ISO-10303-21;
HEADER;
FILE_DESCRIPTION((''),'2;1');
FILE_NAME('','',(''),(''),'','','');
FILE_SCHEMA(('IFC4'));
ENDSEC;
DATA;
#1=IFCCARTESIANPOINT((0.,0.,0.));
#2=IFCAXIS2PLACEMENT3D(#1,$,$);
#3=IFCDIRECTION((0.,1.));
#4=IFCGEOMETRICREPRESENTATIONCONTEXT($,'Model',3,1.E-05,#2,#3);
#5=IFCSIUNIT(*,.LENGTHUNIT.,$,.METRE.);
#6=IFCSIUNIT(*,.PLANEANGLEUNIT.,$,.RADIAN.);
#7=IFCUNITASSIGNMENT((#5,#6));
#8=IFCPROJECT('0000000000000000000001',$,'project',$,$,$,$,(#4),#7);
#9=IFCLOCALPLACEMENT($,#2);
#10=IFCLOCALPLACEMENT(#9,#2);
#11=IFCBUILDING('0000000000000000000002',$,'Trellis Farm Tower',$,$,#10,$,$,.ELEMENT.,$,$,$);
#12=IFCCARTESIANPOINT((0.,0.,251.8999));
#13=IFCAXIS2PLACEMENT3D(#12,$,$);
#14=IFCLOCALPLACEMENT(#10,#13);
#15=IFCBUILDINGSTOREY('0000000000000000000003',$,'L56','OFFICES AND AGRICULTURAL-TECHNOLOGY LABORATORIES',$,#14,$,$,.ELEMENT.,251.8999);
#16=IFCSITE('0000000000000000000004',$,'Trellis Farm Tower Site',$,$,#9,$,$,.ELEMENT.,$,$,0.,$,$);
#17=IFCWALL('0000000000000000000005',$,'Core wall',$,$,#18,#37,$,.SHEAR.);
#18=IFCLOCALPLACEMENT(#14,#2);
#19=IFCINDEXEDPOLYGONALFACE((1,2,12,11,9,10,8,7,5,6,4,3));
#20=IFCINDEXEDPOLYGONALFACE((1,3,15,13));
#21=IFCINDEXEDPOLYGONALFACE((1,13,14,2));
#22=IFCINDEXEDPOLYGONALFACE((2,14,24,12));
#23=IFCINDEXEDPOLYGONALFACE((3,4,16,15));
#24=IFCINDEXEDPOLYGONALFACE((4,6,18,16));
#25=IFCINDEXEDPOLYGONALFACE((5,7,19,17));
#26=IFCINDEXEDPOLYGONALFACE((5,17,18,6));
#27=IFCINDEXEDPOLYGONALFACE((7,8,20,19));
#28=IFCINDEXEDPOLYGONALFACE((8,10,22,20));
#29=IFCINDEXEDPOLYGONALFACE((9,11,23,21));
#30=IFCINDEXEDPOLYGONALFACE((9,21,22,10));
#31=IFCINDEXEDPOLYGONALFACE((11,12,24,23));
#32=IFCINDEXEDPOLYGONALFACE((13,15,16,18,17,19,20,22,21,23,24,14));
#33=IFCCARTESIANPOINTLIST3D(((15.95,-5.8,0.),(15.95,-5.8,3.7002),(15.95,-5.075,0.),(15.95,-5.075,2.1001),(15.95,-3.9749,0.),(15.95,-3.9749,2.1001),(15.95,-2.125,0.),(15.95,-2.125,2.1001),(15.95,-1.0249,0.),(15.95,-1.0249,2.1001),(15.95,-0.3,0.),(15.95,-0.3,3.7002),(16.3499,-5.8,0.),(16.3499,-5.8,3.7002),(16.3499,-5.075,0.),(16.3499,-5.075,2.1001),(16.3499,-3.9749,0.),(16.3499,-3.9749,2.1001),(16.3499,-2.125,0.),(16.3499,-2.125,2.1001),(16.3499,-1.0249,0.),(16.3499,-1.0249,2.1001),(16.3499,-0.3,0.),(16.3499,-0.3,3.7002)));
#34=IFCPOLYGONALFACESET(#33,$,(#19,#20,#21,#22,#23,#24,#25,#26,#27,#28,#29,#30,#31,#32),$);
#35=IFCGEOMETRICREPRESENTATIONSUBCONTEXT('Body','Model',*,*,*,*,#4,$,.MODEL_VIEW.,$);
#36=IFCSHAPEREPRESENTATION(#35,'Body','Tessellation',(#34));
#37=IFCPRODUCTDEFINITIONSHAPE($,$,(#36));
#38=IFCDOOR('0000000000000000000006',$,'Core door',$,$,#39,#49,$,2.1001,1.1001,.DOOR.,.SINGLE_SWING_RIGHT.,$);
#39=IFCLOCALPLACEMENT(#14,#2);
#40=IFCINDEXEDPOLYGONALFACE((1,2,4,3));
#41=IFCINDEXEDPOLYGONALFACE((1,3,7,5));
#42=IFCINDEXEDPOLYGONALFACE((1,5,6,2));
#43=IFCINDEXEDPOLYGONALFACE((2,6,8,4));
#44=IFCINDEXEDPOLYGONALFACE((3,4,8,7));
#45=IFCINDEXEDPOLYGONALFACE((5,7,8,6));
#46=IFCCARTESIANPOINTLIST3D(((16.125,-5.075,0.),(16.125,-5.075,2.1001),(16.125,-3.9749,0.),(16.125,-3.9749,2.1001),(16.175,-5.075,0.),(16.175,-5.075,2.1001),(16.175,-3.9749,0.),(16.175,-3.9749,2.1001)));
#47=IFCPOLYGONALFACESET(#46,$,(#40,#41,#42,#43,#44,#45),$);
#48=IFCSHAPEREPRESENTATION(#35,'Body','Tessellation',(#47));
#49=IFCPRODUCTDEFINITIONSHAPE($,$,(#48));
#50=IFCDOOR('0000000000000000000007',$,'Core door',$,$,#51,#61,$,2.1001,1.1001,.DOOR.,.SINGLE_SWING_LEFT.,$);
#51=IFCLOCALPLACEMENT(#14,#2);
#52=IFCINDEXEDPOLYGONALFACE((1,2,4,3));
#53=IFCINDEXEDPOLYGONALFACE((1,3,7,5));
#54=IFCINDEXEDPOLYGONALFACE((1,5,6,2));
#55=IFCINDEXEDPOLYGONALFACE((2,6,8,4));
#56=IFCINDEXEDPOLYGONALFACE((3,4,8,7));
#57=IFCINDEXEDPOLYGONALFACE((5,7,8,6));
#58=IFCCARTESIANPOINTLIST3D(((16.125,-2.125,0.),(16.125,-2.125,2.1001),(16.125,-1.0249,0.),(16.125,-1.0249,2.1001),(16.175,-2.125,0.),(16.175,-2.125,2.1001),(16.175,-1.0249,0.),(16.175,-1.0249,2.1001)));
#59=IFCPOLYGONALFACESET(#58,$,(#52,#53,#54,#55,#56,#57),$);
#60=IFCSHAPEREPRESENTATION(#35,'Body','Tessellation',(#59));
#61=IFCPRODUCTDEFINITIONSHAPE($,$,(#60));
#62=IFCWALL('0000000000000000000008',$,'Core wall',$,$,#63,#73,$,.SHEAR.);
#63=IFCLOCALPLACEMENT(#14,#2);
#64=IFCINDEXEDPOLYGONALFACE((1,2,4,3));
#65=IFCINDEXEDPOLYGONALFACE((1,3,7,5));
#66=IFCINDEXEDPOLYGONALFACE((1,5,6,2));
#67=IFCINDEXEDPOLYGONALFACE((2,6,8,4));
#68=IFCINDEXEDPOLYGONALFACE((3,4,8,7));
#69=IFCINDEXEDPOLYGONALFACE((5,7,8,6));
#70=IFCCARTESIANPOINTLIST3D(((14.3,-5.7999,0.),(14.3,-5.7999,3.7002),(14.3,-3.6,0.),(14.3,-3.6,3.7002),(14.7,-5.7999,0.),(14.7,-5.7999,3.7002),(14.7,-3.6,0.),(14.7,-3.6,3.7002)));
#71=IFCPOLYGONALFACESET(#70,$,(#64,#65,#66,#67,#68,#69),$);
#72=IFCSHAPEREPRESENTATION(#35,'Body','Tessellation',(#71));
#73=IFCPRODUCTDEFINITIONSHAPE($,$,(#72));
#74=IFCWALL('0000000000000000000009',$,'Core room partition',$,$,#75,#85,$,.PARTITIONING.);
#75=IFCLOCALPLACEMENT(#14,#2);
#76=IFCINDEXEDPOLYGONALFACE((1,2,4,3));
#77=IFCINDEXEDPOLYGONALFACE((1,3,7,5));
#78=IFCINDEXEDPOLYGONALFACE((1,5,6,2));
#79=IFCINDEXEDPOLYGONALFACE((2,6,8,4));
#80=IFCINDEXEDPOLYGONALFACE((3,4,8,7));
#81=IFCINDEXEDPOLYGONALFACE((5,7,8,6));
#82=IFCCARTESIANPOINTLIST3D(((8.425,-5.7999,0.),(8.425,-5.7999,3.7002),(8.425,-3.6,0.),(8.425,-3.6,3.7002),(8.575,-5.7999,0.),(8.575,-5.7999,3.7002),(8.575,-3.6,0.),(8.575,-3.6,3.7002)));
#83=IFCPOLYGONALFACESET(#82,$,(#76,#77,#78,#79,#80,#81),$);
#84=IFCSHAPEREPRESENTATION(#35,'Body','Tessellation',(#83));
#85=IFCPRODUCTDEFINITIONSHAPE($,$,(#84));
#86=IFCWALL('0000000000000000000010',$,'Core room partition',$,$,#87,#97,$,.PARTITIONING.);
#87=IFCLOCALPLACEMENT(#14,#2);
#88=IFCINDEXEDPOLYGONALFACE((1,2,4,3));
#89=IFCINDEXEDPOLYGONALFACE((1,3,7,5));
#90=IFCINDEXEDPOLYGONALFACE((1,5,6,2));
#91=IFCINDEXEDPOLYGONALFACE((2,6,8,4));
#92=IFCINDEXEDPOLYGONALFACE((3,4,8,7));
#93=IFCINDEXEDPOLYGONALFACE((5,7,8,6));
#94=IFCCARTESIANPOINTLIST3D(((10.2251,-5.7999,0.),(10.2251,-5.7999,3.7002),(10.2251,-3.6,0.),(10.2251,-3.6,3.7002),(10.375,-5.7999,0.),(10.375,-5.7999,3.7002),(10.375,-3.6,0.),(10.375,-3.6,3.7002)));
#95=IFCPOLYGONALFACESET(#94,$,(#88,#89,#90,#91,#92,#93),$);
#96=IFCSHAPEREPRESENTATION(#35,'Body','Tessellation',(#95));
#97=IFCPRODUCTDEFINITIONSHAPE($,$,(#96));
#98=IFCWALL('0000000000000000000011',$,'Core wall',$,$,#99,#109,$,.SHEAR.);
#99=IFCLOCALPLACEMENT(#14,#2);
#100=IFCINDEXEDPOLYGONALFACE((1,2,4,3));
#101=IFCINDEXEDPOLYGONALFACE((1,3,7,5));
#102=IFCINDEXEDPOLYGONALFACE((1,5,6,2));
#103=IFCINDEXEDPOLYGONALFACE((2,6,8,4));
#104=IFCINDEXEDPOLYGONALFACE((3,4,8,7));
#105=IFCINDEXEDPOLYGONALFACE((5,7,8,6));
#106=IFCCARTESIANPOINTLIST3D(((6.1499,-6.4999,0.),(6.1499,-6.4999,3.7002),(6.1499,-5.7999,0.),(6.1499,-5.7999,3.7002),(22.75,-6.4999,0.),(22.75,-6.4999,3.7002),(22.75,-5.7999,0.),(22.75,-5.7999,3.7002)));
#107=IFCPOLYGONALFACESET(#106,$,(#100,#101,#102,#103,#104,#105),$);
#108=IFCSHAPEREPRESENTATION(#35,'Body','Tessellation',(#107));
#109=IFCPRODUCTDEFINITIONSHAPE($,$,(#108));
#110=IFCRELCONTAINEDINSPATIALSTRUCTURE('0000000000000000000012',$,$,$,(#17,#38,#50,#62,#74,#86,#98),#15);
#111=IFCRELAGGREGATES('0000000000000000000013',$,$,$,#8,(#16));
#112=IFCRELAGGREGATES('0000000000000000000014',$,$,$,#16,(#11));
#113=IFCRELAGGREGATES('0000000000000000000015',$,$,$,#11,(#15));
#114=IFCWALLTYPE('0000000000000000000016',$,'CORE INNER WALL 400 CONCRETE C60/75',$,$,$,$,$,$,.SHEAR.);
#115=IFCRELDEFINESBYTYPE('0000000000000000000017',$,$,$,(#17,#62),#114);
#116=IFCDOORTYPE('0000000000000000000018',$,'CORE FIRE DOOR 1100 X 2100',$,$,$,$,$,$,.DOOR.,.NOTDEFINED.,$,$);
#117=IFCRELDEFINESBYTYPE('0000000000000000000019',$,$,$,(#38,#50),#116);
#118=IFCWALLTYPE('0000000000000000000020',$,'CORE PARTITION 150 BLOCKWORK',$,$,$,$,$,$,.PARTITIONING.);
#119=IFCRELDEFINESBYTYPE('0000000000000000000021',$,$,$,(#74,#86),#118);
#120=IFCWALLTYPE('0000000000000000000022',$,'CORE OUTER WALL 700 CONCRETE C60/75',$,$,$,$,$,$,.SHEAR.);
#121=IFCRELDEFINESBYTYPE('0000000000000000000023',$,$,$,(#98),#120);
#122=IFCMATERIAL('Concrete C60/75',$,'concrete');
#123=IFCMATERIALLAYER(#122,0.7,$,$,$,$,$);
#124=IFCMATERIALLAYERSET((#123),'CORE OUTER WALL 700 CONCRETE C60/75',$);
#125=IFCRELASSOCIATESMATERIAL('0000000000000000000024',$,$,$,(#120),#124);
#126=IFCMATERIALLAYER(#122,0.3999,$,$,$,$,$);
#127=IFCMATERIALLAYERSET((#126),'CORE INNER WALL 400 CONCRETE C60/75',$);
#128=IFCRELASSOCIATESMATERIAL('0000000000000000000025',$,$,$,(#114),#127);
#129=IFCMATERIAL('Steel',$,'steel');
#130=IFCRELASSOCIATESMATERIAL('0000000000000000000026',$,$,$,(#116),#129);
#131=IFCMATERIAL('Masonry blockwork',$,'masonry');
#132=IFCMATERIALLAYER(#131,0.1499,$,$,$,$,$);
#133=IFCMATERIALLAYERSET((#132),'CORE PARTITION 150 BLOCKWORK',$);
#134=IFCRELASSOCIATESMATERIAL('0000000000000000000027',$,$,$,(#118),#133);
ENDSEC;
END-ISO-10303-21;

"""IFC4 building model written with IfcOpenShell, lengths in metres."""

from ifc_helpers import new_model, si_unit, direction, frame, frame_2d, origin, place, context, subcontext, project, spatial, rectangle, extrude, source, transform, mapped, material, layer, layer_set, type_object, element, fill, save


model = new_model("IFC4")

# Units and contexts
model_context = context("Model", 3, precision=1e-05, world=origin(), true_north=direction((0.0, 1.0)))
body_context = subcontext(model_context, "Body", "Model", "MODEL_VIEW")
ifc_project = project(units=[si_unit("LENGTHUNIT", "METRE"), si_unit("PLANEANGLEUNIT", "RADIAN")], contexts=[model_context])

# Site, building, storey
site_placement = place(None, origin())
site = spatial("IfcSite", under=ifc_project, at=site_placement, Name="Trellis Farm Tower Site", CompositionType="ELEMENT", RefElevation=0.0)
building_placement = place(site_placement, origin())
building = spatial("IfcBuilding", under=site, at=building_placement, Name="Trellis Farm Tower", CompositionType="ELEMENT")
storey_placement = place(building_placement, frame((0.0, 0.0, 251.8999)))
storey = spatial("IfcBuildingStorey", under=building, at=storey_placement, Name="L56", Description="OFFICES AND AGRICULTURAL-TECHNOLOGY LABORATORIES", CompositionType="ELEMENT", Elevation=251.8999)

# Shared definitions
ifc_material_1 = material(Name="Concrete C60/75", Category="concrete")

# Shared definitions
ifc_layer_1 = layer(ifc_material_1, 0.7)
ifc_layer_set_1 = layer_set([ifc_layer_1], Name="CORE OUTER WALL 700 CONCRETE C60/75")
wall_type_1 = type_object("IfcWallType", Name="CORE OUTER WALL 700 CONCRETE C60/75", PredefinedType="SHEAR", material=ifc_layer_set_1)
ifc_material_2 = material(Name="Steel", Category="steel")

# Wall, openings, doors
ifc_layer_2 = layer(ifc_material_1, 0.3999)
ifc_layer_set_2 = layer_set([ifc_layer_2], Name="CORE INNER WALL 400 CONCRETE C60/75")
wall_type_2 = type_object("IfcWallType", Name="CORE INNER WALL 400 CONCRETE C60/75", PredefinedType="SHEAR", material=ifc_layer_set_2)
shared_shape_1 = source(origin(), body_context, "Body", "SweptSolid", [
    extrude(rectangle(XDim=5.5, YDim=0.3999, at=frame_2d((2.75, 0.0))), origin(), (0.0, 0.0, 1.0), 3.7002),
])
wall_1_placement = place(storey_placement, frame((16.1499, -5.8, 0.0), z_axis=(0.0, 0.0, 1.0), x_axis=(0.0, 1.0, 0.0)))
wall_1 = element("IfcWall", 1, at=wall_1_placement, inside=storey, type_object=wall_type_2, Name="Core wall", PredefinedType="SHEAR", context=body_context, shape_type="MappedRepresentation", body=[
    mapped(shared_shape_1, transform((0.0, 0.0, 0.0))),
])
shared_shape_2 = source(origin(), body_context, "Body", "SweptSolid", [
    extrude(rectangle(XDim=1.1001, YDim=2.1001, at=frame_2d((0.55, 1.05))), frame((0.0, 0.21, 0.0), z_axis=(0.0, -1.0, 0.0), x_axis=(1.0, 0.0, 0.0)), (0.0, 0.0, 1.0), 0.4199),
])
opening_1_placement = place(wall_1_placement, frame((0.7251, 0.0, 0.0)))
opening_1 = element("IfcOpeningElement", 2, at=opening_1_placement, cuts=wall_1, PredefinedType="OPENING", context=body_context, shape_type="MappedRepresentation", body=[
    mapped(shared_shape_2, transform((0.0, 0.0, 0.0))),
])
opening_2_placement = place(wall_1_placement, frame((3.675, 0.0, 0.0)))
opening_2 = element("IfcOpeningElement", 3, at=opening_2_placement, cuts=wall_1, PredefinedType="OPENING", context=body_context, shape_type="MappedRepresentation", body=[
    mapped(shared_shape_2, transform((0.0, 0.0, 0.0))),
])
door_type_1 = type_object("IfcDoorType", Name="CORE FIRE DOOR 1100 X 2100", OperationType="NOTDEFINED", PredefinedType="DOOR", material=ifc_material_2)
shared_shape_3 = source(origin(), body_context, "Body", "SweptSolid", [
    extrude(rectangle(XDim=1.1001, YDim=2.1001, at=frame_2d((0.55, 1.05))), frame((0.0, 0.0249, 0.0), z_axis=(0.0, -1.0, 0.0), x_axis=(1.0, 0.0, 0.0)), (0.0, 0.0, 1.0), 0.05),
])
door_1_placement = place(opening_1_placement, origin())
door_1 = element("IfcDoor", 4, at=door_1_placement, inside=storey, type_object=door_type_1, Name="Core door", OperationType="SINGLE_SWING_RIGHT", OverallHeight=2.1001, OverallWidth=1.1001, PredefinedType="DOOR", context=body_context, shape_type="MappedRepresentation", body=[
    mapped(shared_shape_3, transform((0.0, 0.0, 0.0))),
])
fill(opening_1, door_1)
door_2_placement = place(opening_2_placement, origin())
door_2 = element("IfcDoor", 5, at=door_2_placement, inside=storey, type_object=door_type_1, Name="Core door", OperationType="SINGLE_SWING_LEFT", OverallHeight=2.1001, OverallWidth=1.1001, PredefinedType="DOOR", context=body_context, shape_type="MappedRepresentation", body=[
    mapped(shared_shape_3, transform((0.0, 0.0, 0.0))),
])
fill(opening_2, door_2)

# Walls
shared_shape_4 = source(origin(), body_context, "Body", "SweptSolid", [
    extrude(rectangle(XDim=2.2, YDim=0.3999, at=frame_2d((1.1001, 0.0))), origin(), (0.0, 0.0, 1.0), 3.7002),
])
wall_2_placement = place(storey_placement, frame((14.5, -5.8, 0.0), z_axis=(0.0, 0.0, 1.0), x_axis=(0.0, 1.0, 0.0)))
element("IfcWall", 6, at=wall_2_placement, inside=storey, type_object=wall_type_2, Name="Core wall", PredefinedType="SHEAR", context=body_context, shape_type="MappedRepresentation", body=[
    mapped(shared_shape_4, transform((0.0, 0.0, 0.0))),
])
ifc_material_3 = material(Name="Masonry blockwork", Category="masonry")
ifc_layer_3 = layer(ifc_material_3, 0.1499)
ifc_layer_set_3 = layer_set([ifc_layer_3], Name="CORE PARTITION 150 BLOCKWORK")
wall_type_3 = type_object("IfcWallType", Name="CORE PARTITION 150 BLOCKWORK", PredefinedType="PARTITIONING", material=ifc_layer_set_3)
shared_shape_5 = source(origin(), body_context, "Body", "SweptSolid", [
    extrude(rectangle(XDim=2.2, YDim=0.1499, at=frame_2d((1.1001, 0.0))), origin(), (0.0, 0.0, 1.0), 3.7002),
])
for number, where, z_axis, x_axis, name in (
    (7, (8.5, -5.8, 0.0), (0.0, 0.0, 1.0), (0.0, 1.0, 0.0), "Core room partition"),
    (8, (10.3, -5.8, 0.0), (0.0, 0.0, 1.0), (0.0, 1.0, 0.0), "Core room partition"),
):
    element("IfcWall", number, at=place(storey_placement, frame(where, z_axis=z_axis, x_axis=x_axis)), inside=storey, type_object=wall_type_3, Name=name, PredefinedType="PARTITIONING", context=body_context, shape_type="MappedRepresentation", body=[
        mapped(shared_shape_5, transform((0.0, 0.0, 0.0))),
    ])
shared_shape_6 = source(origin(), body_context, "Body", "SweptSolid", [
    extrude(rectangle(XDim=16.6001, YDim=0.7, at=frame_2d((8.3, 0.0))), origin(), (0.0, 0.0, 1.0), 3.7002),
])
wall_3_placement = place(storey_placement, frame((6.1499, -6.1499, 0.0), z_axis=(0.0, 0.0, 1.0), x_axis=(1.0, 0.0, 0.0)))
element("IfcWall", 9, at=wall_3_placement, inside=storey, type_object=wall_type_1, Name="Core wall", PredefinedType="SHEAR", context=body_context, shape_type="MappedRepresentation", body=[
    mapped(shared_shape_6, transform((0.0, 0.0, 0.0))),
])

save(model, "model.ifc")
